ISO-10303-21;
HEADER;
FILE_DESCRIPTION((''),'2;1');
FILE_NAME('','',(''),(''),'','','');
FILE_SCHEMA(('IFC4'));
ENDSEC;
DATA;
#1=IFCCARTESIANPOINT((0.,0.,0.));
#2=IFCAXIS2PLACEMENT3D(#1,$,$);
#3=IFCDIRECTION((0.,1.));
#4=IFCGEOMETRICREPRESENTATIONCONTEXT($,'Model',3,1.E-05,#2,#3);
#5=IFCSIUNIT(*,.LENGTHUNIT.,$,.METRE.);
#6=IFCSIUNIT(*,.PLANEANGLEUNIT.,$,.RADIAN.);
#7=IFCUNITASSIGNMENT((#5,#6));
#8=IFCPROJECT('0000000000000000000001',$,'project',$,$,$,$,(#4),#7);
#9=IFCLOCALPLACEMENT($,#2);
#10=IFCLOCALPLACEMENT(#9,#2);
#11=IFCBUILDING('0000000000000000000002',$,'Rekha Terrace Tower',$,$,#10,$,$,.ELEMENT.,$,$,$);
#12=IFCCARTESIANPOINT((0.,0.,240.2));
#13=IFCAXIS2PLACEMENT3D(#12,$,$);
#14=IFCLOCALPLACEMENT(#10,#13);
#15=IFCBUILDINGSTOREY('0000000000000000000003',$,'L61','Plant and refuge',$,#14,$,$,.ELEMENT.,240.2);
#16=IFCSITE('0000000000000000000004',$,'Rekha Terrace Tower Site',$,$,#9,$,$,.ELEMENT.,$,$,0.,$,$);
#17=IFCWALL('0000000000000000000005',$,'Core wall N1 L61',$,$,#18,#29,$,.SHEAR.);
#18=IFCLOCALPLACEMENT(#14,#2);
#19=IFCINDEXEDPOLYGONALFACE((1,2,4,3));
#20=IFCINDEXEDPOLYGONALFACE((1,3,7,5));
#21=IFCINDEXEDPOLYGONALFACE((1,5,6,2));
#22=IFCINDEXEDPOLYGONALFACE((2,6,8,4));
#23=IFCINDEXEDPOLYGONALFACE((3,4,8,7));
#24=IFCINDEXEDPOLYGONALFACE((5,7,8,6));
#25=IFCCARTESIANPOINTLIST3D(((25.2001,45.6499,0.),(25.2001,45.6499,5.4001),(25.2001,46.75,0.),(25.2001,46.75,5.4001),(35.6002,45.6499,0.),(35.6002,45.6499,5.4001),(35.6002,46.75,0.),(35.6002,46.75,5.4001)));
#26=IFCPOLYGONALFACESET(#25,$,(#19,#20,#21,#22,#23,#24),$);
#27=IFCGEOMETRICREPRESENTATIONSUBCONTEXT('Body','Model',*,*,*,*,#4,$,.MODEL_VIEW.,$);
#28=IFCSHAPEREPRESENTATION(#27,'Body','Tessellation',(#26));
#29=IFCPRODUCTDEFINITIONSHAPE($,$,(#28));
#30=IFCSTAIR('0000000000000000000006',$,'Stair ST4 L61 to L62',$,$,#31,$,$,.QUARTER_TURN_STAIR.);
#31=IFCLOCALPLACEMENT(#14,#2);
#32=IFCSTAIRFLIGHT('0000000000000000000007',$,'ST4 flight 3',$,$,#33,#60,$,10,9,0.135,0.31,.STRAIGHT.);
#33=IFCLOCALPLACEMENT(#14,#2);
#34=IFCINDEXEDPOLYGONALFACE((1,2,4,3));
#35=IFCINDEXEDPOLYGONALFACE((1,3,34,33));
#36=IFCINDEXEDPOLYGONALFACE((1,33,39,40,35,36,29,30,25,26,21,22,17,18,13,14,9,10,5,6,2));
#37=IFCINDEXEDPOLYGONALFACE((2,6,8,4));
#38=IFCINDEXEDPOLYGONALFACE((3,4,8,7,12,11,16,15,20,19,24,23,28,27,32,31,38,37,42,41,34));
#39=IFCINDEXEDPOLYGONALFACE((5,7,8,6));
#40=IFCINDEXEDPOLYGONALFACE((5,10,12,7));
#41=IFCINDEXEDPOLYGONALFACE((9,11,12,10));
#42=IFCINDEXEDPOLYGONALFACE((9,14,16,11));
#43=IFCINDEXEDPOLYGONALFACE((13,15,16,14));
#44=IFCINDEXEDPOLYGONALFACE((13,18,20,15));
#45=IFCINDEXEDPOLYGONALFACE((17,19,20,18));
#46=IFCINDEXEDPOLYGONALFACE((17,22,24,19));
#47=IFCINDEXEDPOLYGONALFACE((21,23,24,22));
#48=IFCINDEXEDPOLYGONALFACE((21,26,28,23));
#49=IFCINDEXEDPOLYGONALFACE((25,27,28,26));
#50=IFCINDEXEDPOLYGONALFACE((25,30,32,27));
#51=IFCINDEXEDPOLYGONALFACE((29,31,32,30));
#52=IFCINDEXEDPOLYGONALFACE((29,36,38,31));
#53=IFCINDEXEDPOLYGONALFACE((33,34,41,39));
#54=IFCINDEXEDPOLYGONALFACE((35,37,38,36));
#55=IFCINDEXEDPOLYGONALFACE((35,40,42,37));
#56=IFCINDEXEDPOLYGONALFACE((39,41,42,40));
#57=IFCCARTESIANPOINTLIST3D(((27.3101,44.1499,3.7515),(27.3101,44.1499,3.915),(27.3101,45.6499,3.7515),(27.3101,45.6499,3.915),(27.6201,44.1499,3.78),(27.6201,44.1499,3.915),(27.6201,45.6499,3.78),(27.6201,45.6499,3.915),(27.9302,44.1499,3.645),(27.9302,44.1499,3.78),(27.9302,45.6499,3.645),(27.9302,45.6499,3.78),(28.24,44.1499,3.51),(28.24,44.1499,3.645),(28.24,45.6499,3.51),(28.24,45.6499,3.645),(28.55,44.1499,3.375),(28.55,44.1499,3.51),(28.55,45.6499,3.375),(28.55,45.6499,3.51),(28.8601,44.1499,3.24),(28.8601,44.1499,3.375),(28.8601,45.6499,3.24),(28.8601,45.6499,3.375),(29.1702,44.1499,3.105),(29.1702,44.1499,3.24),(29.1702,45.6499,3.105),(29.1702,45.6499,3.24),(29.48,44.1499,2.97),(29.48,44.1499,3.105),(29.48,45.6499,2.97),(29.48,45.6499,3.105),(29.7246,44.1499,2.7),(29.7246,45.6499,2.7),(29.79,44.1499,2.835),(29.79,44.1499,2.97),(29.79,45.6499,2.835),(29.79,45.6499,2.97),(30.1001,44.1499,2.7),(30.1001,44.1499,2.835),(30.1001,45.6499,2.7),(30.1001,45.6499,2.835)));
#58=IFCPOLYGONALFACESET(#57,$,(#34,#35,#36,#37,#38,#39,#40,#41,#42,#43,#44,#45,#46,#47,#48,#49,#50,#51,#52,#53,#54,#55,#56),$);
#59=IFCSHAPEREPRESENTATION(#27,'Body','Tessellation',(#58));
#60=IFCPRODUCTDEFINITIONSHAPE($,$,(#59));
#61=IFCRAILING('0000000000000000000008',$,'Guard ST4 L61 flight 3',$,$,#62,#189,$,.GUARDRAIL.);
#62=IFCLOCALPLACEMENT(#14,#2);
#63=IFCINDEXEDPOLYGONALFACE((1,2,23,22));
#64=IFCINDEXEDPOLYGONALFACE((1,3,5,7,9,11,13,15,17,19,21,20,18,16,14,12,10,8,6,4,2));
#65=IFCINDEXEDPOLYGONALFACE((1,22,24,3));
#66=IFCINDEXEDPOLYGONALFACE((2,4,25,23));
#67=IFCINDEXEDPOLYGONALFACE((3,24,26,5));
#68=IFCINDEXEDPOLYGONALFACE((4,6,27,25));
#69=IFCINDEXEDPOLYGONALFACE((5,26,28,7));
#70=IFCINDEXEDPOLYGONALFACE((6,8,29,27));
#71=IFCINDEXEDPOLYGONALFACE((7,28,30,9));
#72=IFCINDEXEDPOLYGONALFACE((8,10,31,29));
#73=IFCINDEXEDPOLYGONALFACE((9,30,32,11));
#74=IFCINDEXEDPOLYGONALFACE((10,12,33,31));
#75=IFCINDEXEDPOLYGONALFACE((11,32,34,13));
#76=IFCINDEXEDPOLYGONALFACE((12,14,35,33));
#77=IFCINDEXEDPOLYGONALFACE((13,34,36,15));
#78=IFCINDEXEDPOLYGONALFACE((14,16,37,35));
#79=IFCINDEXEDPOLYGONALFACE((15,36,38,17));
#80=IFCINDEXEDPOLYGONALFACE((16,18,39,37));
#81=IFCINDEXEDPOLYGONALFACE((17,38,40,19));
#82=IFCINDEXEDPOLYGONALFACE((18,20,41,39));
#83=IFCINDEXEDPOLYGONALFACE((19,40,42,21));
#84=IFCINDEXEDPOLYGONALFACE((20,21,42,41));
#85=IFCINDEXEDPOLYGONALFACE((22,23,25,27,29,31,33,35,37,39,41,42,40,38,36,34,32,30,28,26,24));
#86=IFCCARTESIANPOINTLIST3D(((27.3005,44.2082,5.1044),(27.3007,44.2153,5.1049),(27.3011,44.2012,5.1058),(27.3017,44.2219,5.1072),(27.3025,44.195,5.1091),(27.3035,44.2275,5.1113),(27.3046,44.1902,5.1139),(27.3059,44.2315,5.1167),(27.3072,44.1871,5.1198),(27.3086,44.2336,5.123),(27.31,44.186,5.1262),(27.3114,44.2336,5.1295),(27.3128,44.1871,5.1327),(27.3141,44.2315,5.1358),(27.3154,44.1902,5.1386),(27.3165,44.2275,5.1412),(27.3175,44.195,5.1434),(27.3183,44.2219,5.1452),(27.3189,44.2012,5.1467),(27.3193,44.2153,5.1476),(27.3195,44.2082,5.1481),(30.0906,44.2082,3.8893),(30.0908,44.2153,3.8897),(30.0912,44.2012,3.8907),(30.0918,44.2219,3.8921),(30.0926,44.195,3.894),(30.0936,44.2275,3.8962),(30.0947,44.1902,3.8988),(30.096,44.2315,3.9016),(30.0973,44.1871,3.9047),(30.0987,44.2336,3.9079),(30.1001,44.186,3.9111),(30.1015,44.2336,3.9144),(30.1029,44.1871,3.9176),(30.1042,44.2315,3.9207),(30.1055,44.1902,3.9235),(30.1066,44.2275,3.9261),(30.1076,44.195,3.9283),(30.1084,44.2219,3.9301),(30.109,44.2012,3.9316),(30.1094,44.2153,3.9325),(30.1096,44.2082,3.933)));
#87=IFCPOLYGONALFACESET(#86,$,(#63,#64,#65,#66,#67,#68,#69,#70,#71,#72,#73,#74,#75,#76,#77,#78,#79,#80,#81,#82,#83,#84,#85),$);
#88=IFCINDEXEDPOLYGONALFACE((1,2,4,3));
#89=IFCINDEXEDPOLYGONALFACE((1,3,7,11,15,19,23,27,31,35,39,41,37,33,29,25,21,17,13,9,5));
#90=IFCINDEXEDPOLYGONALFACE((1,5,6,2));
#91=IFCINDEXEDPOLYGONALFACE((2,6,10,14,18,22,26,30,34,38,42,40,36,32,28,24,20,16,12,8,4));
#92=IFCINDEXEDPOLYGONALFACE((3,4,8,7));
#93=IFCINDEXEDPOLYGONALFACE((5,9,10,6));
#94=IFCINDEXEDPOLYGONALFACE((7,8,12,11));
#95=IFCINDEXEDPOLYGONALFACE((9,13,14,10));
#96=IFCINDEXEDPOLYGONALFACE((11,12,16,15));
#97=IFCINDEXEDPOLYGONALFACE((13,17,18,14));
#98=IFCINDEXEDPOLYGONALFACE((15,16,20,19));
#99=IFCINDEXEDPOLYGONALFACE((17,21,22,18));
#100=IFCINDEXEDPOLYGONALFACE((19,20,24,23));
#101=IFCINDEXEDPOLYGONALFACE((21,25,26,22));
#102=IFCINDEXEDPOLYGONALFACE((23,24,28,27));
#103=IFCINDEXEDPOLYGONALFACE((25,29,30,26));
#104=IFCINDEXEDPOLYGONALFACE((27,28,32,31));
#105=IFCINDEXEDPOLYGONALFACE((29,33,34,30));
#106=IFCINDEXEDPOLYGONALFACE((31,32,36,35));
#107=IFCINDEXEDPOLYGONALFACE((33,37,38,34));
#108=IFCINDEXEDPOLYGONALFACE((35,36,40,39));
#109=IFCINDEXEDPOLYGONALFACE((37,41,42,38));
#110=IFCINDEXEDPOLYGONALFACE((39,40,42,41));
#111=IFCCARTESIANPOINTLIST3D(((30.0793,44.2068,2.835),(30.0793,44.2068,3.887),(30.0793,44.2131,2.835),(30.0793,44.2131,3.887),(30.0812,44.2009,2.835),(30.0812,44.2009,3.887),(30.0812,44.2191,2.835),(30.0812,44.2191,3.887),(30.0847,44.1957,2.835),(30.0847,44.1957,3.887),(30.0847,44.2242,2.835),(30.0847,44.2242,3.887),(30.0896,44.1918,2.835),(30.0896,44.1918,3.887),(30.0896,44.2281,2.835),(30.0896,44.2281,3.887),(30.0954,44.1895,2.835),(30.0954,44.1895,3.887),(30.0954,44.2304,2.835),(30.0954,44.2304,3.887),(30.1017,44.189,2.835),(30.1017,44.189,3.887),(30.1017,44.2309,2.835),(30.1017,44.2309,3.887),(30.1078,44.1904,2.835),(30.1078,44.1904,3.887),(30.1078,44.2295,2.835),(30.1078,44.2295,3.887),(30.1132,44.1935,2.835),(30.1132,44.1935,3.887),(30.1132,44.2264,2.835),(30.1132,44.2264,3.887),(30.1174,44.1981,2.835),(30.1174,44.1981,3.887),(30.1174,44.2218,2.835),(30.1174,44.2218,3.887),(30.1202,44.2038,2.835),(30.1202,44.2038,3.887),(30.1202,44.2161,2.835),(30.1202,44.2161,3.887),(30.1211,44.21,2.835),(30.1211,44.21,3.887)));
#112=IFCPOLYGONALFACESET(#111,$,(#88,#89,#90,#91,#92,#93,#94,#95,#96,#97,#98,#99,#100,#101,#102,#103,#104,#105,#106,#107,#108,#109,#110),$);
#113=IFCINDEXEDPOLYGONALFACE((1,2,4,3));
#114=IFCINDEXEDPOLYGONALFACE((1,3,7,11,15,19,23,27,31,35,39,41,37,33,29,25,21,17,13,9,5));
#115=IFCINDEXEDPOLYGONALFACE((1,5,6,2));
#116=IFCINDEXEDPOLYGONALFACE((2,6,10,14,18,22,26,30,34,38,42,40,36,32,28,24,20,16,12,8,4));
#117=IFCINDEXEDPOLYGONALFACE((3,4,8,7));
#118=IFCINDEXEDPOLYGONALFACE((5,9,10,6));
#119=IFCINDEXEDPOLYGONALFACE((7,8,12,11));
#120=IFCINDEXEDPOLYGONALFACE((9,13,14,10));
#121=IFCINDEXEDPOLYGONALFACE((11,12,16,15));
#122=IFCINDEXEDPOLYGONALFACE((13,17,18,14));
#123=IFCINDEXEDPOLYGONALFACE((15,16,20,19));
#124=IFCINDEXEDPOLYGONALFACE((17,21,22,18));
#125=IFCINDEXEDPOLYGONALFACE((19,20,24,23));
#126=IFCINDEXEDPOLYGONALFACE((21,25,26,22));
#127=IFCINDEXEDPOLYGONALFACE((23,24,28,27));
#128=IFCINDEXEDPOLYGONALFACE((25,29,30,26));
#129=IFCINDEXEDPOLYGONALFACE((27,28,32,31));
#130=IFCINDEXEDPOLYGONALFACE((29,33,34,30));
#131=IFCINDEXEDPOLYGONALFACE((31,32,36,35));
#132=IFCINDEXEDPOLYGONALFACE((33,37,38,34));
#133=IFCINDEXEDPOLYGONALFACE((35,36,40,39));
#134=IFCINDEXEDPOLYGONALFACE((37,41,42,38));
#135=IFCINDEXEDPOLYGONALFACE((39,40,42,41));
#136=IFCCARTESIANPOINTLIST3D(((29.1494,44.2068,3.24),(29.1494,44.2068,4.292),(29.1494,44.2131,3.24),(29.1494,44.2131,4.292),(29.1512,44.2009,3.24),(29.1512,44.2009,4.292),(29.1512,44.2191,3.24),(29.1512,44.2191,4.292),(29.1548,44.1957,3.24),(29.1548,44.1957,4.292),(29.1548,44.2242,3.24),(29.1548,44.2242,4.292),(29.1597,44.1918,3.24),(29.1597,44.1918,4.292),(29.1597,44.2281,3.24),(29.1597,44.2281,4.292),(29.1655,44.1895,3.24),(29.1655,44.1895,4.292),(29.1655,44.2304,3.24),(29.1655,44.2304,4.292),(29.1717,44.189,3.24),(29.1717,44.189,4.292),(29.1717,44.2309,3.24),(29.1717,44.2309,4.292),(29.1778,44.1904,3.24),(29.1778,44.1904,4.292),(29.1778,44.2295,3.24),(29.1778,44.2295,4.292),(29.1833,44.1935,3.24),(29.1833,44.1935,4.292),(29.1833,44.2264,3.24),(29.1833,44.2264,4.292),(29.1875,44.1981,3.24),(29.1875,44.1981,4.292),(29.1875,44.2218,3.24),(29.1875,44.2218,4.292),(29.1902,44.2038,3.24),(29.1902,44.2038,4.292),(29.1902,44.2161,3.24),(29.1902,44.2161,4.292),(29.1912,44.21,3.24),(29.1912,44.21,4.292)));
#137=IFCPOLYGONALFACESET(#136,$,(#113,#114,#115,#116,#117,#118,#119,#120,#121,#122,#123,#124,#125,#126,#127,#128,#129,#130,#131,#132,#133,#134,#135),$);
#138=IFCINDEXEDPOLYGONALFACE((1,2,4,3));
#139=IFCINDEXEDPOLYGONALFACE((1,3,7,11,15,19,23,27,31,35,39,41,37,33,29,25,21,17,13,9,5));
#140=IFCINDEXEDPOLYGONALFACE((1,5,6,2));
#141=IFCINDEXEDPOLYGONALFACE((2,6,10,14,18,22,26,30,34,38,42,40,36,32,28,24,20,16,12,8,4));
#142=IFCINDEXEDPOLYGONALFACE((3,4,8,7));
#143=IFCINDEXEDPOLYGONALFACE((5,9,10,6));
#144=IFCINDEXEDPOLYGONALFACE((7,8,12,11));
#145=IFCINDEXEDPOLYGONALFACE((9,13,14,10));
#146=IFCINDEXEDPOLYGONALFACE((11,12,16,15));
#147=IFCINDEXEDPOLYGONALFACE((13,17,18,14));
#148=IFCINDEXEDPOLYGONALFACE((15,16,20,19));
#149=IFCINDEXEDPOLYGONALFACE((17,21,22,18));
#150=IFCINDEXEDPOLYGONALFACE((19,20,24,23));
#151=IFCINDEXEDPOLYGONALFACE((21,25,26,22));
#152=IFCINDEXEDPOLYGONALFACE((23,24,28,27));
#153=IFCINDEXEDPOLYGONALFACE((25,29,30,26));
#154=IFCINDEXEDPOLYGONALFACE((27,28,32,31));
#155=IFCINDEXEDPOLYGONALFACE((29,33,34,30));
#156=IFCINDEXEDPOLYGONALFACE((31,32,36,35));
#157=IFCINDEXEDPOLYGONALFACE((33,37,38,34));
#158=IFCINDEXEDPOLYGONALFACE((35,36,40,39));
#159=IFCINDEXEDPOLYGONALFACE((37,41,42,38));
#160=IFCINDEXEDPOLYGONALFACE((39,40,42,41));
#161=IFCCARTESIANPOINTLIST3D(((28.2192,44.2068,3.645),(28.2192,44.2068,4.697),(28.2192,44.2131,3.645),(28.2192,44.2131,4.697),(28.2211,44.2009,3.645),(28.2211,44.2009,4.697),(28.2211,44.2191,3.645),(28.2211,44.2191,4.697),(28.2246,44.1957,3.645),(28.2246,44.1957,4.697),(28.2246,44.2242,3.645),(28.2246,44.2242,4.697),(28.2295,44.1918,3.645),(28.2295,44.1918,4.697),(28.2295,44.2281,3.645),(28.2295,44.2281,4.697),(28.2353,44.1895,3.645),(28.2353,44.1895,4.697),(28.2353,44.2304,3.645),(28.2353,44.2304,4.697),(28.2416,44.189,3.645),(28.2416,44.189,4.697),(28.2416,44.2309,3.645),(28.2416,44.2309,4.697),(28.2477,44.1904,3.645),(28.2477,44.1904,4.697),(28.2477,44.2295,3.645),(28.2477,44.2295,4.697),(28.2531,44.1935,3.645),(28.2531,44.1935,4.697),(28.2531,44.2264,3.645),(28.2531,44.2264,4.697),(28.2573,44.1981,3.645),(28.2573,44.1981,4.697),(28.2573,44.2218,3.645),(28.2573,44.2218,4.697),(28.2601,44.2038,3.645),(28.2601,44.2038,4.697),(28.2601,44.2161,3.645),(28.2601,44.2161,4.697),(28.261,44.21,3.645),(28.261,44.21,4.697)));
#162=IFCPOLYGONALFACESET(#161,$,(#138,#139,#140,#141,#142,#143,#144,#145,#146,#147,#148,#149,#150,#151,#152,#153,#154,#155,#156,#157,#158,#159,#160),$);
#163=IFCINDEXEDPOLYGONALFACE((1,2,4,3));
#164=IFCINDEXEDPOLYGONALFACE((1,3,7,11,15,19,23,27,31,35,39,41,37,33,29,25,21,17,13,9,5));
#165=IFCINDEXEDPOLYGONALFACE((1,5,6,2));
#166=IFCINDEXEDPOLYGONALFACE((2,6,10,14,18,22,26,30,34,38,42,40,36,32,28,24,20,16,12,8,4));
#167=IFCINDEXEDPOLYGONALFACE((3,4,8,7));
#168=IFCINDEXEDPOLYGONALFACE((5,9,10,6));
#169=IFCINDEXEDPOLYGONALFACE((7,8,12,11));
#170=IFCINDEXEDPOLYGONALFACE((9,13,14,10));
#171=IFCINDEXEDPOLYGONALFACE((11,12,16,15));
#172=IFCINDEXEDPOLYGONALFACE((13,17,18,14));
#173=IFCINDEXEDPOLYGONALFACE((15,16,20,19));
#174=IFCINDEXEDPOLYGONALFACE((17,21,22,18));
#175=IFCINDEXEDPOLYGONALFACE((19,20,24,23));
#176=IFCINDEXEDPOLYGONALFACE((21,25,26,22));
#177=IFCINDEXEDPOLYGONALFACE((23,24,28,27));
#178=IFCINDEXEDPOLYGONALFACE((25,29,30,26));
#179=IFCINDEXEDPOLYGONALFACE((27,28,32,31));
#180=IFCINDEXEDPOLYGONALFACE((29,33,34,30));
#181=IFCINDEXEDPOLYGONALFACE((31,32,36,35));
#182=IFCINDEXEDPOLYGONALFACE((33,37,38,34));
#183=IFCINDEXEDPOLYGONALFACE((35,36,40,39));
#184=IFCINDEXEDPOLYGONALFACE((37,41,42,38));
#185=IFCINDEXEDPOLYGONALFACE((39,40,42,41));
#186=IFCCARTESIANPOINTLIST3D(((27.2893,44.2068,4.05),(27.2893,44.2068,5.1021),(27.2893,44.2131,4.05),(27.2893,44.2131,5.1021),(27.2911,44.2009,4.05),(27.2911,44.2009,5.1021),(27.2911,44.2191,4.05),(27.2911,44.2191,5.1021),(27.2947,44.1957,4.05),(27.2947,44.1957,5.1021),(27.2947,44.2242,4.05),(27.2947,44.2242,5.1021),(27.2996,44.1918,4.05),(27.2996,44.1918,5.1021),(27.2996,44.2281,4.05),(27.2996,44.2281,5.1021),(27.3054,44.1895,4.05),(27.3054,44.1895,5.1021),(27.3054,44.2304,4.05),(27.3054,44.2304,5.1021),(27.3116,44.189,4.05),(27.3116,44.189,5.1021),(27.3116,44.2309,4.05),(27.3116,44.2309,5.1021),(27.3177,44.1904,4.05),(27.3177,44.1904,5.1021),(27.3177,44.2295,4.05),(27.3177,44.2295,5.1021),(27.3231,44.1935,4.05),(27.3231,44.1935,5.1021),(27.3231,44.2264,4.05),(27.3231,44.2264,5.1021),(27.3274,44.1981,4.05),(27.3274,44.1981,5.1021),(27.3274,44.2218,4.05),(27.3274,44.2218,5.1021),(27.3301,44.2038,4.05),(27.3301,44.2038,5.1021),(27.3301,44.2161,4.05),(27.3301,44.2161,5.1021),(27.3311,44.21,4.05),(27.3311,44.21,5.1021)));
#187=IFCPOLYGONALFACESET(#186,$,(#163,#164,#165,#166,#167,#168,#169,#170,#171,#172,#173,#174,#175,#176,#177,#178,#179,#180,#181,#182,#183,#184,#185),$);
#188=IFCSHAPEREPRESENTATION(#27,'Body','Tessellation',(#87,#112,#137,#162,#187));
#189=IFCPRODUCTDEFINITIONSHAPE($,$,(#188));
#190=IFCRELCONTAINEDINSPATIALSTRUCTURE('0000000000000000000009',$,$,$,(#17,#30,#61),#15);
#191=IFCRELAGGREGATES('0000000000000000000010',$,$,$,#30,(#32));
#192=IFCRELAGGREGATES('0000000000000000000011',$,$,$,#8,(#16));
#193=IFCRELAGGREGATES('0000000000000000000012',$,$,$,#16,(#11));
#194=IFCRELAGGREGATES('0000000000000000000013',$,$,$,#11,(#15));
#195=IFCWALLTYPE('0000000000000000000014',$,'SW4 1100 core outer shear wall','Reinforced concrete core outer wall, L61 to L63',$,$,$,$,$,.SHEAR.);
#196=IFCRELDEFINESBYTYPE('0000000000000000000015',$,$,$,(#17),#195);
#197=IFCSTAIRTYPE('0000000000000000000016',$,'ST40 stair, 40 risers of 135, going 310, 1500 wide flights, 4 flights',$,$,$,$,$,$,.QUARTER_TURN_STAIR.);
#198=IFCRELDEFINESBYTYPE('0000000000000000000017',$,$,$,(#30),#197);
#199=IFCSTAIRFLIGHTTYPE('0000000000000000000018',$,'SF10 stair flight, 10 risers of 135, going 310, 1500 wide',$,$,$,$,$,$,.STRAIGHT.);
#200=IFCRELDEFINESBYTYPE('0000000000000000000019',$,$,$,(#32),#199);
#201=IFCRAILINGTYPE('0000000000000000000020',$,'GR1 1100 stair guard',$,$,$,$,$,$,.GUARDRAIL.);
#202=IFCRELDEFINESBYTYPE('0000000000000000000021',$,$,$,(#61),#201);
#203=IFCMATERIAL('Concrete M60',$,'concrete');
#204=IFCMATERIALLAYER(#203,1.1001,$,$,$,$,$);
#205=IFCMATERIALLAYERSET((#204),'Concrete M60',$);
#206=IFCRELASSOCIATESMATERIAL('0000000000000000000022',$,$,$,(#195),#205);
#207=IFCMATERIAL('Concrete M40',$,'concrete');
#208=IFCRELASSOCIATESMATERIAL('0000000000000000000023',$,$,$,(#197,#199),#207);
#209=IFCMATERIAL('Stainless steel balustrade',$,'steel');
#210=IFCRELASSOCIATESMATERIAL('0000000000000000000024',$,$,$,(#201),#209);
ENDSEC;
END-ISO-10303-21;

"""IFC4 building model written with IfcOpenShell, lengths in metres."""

from ifc_helpers import new_model, si_unit, direction, frame, frame_2d, origin, origin_2d, place, context, subcontext, project, spatial, polyline, rectangle, circle, outline, extrude, material, layer, layer_set, type_object, element, aggregate, save


model = new_model("IFC4")

# Units and contexts
model_context = context("Model", 3, precision=1e-05, world=origin(), true_north=direction((0.0, 1.0)))
body_context = subcontext(model_context, "Body", "Model", "MODEL_VIEW")
ifc_project = project(units=[si_unit("LENGTHUNIT", "METRE"), si_unit("PLANEANGLEUNIT", "RADIAN")], contexts=[model_context])

# Site, building, storey
site_placement = place(None, origin())
site = spatial("IfcSite", under=ifc_project, at=site_placement, Name="Rekha Terrace Tower Site", CompositionType="ELEMENT", RefElevation=0.0)
building_placement = place(site_placement, origin())
building = spatial("IfcBuilding", under=site, at=building_placement, Name="Rekha Terrace Tower", CompositionType="ELEMENT")
storey_placement = place(building_placement, frame((0.0, 0.0, 240.2)))
storey = spatial("IfcBuildingStorey", under=building, at=storey_placement, Name="L61", Description="Plant and refuge", CompositionType="ELEMENT", Elevation=240.2)

# Shared definitions
ifc_material_1 = material(Name="Concrete M60", Category="concrete")

# Wall
ifc_layer_1 = layer(ifc_material_1, 1.1001)
ifc_layer_set_1 = layer_set([ifc_layer_1], Name="Concrete M60")
wall_type_1 = type_object("IfcWallType", Name="SW4 1100 core outer shear wall", Description="Reinforced concrete core outer wall, L61 to L63", PredefinedType="SHEAR", material=ifc_layer_set_1)
wall_1_placement = place(storey_placement, frame((25.2, 46.2, 0.0), z_axis=(0.0, 0.0, 1.0), x_axis=(1.0, 0.0, 0.0)))
element("IfcWall", 1, at=wall_1_placement, inside=storey, type_object=wall_type_1, Name="Core wall N1 L61", PredefinedType="SHEAR", context=body_context, shape_type="SweptSolid", body=[
    extrude(rectangle(XDim=10.4001, YDim=1.1001, at=frame_2d((5.2002, 0.0))), origin(), (0.0, 0.0, 1.0), 5.4001),
])

# Stair, stair flight
ifc_material_2 = material(Name="Concrete M40", Category="concrete")
stair_type = type_object("IfcStairType", Name="ST40 stair, 40 risers of 135, going 310, 1500 wide flights, 4 flights", PredefinedType="QUARTER_TURN_STAIR", material=ifc_material_2)
stair_placement = place(storey_placement, origin())
stair = element("IfcStair", 2, at=stair_placement, inside=storey, type_object=stair_type, Name="Stair ST4 L61 to L62", PredefinedType="QUARTER_TURN_STAIR")
stair_flight_type = type_object("IfcStairFlightType", Name="SF10 stair flight, 10 risers of 135, going 310, 1500 wide", PredefinedType="STRAIGHT", material=ifc_material_2)
stair_flight_placement = place(storey_placement, frame((30.1001, 44.8999, 2.7), z_axis=(0.0, 0.0, 1.0), x_axis=(-1.0, 0.0, 0.0)))
stair_flight = element("IfcStairFlight", 3, at=stair_flight_placement, type_object=stair_flight_type, Name="ST4 flight 3", NumberOfRisers=10, NumberOfTreads=9, PredefinedType="STRAIGHT", RiserHeight=0.135, TreadLength=0.31, context=body_context, shape_type="SweptSolid", body=[
    extrude(outline(polyline([(0.0, 0.0), (0.0, 0.135), (0.3101, 0.135), (0.3101, 0.27), (0.6201, 0.27), (0.6201, 0.405), (0.9299, 0.405), (0.9299, 0.54), (1.24, 0.54), (1.24, 0.675), (1.55, 0.675), (1.55, 0.8101), (1.8601, 0.8101), (1.8601, 0.9451), (2.1699, 0.9451), (2.1699, 1.0801), (2.48, 1.0801), (2.48, 1.2151), (2.79, 1.2151), (2.79, 1.3501), (2.79, 1.0515), (0.3755, 0.0), (0.0, 0.0)])), frame((0.0, 0.75, 0.0), z_axis=(0.0, -1.0, 0.0), x_axis=(1.0, 0.0, 0.0)), (0.0, 0.0, 1.0), 1.5),
])
aggregate(stair, [stair_flight])

# Railing
ifc_material_3 = material(Name="Stainless steel balustrade", Category="steel")
railing_type_1 = type_object("IfcRailingType", Name="GR1 1100 stair guard", PredefinedType="GUARDRAIL", material=ifc_material_3)
railing_1_placement = place(storey_placement, frame((30.1001, 44.21, 2.835)))
element("IfcRailing", 4, at=railing_1_placement, inside=storey, type_object=railing_type_1, Name="Guard ST4 L61 flight 3", PredefinedType="GUARDRAIL", context=body_context, shape_type="SweptSolid", body=[
    extrude(circle(Radius=0.0239, at=origin_2d()), frame((0.0, 0.0, 1.0762), z_axis=(-0.916826, 0.0, 0.399286), x_axis=(0.0, -1.0, 0.0)), (0.0, 0.0, 1.0), 3.0432),
    extrude(circle(Radius=0.021, at=origin_2d()), origin(), (0.0, 0.0, 1.0), 1.052),
    extrude(circle(Radius=0.021, at=origin_2d()), frame((-0.9299, 0.0, 0.405)), (0.0, 0.0, 1.0), 1.052),
    extrude(circle(Radius=0.021, at=origin_2d()), frame((-1.8601, 0.0, 0.8101)), (0.0, 0.0, 1.0), 1.052),
    extrude(circle(Radius=0.021, at=origin_2d()), frame((-2.79, 0.0, 1.2151)), (0.0, 0.0, 1.0), 1.052),
])

save(model, "model.ifc")
